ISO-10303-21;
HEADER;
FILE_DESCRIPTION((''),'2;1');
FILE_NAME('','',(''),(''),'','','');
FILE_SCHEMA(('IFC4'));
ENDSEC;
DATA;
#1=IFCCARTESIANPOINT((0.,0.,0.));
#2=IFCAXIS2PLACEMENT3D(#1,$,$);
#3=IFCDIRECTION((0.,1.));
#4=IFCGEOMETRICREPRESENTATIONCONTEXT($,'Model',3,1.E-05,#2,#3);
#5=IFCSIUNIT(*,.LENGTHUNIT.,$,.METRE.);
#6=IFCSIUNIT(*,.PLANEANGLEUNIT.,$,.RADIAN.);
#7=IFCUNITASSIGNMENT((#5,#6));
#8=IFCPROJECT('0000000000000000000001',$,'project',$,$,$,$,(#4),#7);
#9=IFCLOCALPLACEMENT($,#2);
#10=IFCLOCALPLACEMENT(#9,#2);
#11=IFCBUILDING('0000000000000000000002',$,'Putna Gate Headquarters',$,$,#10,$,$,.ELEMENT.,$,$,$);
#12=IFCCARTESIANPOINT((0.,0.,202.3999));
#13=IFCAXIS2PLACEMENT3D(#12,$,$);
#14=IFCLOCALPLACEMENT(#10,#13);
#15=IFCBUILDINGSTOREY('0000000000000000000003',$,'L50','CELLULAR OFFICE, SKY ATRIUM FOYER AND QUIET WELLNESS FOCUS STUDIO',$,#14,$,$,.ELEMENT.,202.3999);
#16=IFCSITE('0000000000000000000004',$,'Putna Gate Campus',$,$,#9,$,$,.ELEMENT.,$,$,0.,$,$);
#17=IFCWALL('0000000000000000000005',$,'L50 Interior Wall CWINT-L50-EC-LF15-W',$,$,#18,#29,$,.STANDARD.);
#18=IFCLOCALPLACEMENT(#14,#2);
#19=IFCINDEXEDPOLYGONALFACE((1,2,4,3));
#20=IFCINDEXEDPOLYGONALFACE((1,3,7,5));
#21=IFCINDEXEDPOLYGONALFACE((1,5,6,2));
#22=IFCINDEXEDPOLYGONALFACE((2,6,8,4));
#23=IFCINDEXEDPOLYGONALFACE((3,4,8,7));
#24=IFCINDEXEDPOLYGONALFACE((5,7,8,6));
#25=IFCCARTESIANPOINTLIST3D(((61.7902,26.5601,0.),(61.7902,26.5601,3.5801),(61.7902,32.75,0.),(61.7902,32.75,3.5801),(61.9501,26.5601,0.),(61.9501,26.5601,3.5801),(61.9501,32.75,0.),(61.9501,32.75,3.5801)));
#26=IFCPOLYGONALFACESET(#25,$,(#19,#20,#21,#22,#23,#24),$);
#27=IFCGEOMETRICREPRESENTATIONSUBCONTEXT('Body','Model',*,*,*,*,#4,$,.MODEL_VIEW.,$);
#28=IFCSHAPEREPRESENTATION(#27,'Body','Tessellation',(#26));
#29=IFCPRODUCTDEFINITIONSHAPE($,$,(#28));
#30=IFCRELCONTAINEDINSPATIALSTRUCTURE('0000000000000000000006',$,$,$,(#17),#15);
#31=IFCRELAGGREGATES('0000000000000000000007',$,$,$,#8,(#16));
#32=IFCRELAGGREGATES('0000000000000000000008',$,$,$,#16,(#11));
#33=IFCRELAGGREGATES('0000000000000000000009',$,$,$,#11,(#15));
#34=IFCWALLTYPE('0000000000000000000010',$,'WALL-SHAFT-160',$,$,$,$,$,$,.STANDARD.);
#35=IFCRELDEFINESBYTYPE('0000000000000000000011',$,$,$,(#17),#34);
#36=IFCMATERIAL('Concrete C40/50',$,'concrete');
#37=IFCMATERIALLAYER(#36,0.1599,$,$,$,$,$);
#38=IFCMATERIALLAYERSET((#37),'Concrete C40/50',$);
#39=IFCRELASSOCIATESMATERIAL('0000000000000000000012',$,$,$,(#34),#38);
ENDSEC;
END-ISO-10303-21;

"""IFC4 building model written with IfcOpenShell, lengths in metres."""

from ifc_helpers import new_model, si_unit, direction, frame, frame_2d, origin, place, context, subcontext, project, spatial, rectangle, extrude, material, layer, layer_set, type_object, element, save


model = new_model("IFC4")

# Units and contexts
model_context = context("Model", 3, precision=1e-05, world=origin(), true_north=direction((0.0, 1.0)))
body_context = subcontext(model_context, "Body", "Model", "MODEL_VIEW")
ifc_project = project(units=[si_unit("LENGTHUNIT", "METRE"), si_unit("PLANEANGLEUNIT", "RADIAN")], contexts=[model_context])

# Site, building, storey
site_placement = place(None, origin())
site = spatial("IfcSite", under=ifc_project, at=site_placement, Name="Putna Gate Campus", CompositionType="ELEMENT", RefElevation=0.0)
building_placement = place(site_placement, origin())
building = spatial("IfcBuilding", under=site, at=building_placement, Name="Putna Gate Headquarters", CompositionType="ELEMENT")
storey_placement = place(building_placement, frame((0.0, 0.0, 202.3999)))
storey = spatial("IfcBuildingStorey", under=building, at=storey_placement, Name="L50", Description="CELLULAR OFFICE, SKY ATRIUM FOYER AND QUIET WELLNESS FOCUS STUDIO", CompositionType="ELEMENT", Elevation=202.3999)

# Shared definitions
ifc_material_1 = material(Name="Concrete C40/50", Category="concrete")
ifc_layer_1 = layer(ifc_material_1, 0.1599)
ifc_layer_set_1 = layer_set([ifc_layer_1], Name="Concrete C40/50")
wall_type_1 = type_object("IfcWallType", Name="WALL-SHAFT-160", PredefinedType="STANDARD", material=ifc_layer_set_1)

# Wall
wall_1_placement = place(storey_placement, frame((61.8701, 26.5601, 0.0), z_axis=(0.0, 0.0, 1.0), x_axis=(0.0, 1.0, 0.0)))
element("IfcWall", 1, at=wall_1_placement, inside=storey, type_object=wall_type_1, Name="L50 Interior Wall CWINT-L50-EC-LF15-W", PredefinedType="STANDARD", context=body_context, shape_type="SweptSolid", body=[
    extrude(rectangle(XDim=6.1899, YDim=0.1599, at=frame_2d((3.095, 0.0))), origin(), (0.0, 0.0, 1.0), 3.5801),
])

save(model, "model.ifc")
